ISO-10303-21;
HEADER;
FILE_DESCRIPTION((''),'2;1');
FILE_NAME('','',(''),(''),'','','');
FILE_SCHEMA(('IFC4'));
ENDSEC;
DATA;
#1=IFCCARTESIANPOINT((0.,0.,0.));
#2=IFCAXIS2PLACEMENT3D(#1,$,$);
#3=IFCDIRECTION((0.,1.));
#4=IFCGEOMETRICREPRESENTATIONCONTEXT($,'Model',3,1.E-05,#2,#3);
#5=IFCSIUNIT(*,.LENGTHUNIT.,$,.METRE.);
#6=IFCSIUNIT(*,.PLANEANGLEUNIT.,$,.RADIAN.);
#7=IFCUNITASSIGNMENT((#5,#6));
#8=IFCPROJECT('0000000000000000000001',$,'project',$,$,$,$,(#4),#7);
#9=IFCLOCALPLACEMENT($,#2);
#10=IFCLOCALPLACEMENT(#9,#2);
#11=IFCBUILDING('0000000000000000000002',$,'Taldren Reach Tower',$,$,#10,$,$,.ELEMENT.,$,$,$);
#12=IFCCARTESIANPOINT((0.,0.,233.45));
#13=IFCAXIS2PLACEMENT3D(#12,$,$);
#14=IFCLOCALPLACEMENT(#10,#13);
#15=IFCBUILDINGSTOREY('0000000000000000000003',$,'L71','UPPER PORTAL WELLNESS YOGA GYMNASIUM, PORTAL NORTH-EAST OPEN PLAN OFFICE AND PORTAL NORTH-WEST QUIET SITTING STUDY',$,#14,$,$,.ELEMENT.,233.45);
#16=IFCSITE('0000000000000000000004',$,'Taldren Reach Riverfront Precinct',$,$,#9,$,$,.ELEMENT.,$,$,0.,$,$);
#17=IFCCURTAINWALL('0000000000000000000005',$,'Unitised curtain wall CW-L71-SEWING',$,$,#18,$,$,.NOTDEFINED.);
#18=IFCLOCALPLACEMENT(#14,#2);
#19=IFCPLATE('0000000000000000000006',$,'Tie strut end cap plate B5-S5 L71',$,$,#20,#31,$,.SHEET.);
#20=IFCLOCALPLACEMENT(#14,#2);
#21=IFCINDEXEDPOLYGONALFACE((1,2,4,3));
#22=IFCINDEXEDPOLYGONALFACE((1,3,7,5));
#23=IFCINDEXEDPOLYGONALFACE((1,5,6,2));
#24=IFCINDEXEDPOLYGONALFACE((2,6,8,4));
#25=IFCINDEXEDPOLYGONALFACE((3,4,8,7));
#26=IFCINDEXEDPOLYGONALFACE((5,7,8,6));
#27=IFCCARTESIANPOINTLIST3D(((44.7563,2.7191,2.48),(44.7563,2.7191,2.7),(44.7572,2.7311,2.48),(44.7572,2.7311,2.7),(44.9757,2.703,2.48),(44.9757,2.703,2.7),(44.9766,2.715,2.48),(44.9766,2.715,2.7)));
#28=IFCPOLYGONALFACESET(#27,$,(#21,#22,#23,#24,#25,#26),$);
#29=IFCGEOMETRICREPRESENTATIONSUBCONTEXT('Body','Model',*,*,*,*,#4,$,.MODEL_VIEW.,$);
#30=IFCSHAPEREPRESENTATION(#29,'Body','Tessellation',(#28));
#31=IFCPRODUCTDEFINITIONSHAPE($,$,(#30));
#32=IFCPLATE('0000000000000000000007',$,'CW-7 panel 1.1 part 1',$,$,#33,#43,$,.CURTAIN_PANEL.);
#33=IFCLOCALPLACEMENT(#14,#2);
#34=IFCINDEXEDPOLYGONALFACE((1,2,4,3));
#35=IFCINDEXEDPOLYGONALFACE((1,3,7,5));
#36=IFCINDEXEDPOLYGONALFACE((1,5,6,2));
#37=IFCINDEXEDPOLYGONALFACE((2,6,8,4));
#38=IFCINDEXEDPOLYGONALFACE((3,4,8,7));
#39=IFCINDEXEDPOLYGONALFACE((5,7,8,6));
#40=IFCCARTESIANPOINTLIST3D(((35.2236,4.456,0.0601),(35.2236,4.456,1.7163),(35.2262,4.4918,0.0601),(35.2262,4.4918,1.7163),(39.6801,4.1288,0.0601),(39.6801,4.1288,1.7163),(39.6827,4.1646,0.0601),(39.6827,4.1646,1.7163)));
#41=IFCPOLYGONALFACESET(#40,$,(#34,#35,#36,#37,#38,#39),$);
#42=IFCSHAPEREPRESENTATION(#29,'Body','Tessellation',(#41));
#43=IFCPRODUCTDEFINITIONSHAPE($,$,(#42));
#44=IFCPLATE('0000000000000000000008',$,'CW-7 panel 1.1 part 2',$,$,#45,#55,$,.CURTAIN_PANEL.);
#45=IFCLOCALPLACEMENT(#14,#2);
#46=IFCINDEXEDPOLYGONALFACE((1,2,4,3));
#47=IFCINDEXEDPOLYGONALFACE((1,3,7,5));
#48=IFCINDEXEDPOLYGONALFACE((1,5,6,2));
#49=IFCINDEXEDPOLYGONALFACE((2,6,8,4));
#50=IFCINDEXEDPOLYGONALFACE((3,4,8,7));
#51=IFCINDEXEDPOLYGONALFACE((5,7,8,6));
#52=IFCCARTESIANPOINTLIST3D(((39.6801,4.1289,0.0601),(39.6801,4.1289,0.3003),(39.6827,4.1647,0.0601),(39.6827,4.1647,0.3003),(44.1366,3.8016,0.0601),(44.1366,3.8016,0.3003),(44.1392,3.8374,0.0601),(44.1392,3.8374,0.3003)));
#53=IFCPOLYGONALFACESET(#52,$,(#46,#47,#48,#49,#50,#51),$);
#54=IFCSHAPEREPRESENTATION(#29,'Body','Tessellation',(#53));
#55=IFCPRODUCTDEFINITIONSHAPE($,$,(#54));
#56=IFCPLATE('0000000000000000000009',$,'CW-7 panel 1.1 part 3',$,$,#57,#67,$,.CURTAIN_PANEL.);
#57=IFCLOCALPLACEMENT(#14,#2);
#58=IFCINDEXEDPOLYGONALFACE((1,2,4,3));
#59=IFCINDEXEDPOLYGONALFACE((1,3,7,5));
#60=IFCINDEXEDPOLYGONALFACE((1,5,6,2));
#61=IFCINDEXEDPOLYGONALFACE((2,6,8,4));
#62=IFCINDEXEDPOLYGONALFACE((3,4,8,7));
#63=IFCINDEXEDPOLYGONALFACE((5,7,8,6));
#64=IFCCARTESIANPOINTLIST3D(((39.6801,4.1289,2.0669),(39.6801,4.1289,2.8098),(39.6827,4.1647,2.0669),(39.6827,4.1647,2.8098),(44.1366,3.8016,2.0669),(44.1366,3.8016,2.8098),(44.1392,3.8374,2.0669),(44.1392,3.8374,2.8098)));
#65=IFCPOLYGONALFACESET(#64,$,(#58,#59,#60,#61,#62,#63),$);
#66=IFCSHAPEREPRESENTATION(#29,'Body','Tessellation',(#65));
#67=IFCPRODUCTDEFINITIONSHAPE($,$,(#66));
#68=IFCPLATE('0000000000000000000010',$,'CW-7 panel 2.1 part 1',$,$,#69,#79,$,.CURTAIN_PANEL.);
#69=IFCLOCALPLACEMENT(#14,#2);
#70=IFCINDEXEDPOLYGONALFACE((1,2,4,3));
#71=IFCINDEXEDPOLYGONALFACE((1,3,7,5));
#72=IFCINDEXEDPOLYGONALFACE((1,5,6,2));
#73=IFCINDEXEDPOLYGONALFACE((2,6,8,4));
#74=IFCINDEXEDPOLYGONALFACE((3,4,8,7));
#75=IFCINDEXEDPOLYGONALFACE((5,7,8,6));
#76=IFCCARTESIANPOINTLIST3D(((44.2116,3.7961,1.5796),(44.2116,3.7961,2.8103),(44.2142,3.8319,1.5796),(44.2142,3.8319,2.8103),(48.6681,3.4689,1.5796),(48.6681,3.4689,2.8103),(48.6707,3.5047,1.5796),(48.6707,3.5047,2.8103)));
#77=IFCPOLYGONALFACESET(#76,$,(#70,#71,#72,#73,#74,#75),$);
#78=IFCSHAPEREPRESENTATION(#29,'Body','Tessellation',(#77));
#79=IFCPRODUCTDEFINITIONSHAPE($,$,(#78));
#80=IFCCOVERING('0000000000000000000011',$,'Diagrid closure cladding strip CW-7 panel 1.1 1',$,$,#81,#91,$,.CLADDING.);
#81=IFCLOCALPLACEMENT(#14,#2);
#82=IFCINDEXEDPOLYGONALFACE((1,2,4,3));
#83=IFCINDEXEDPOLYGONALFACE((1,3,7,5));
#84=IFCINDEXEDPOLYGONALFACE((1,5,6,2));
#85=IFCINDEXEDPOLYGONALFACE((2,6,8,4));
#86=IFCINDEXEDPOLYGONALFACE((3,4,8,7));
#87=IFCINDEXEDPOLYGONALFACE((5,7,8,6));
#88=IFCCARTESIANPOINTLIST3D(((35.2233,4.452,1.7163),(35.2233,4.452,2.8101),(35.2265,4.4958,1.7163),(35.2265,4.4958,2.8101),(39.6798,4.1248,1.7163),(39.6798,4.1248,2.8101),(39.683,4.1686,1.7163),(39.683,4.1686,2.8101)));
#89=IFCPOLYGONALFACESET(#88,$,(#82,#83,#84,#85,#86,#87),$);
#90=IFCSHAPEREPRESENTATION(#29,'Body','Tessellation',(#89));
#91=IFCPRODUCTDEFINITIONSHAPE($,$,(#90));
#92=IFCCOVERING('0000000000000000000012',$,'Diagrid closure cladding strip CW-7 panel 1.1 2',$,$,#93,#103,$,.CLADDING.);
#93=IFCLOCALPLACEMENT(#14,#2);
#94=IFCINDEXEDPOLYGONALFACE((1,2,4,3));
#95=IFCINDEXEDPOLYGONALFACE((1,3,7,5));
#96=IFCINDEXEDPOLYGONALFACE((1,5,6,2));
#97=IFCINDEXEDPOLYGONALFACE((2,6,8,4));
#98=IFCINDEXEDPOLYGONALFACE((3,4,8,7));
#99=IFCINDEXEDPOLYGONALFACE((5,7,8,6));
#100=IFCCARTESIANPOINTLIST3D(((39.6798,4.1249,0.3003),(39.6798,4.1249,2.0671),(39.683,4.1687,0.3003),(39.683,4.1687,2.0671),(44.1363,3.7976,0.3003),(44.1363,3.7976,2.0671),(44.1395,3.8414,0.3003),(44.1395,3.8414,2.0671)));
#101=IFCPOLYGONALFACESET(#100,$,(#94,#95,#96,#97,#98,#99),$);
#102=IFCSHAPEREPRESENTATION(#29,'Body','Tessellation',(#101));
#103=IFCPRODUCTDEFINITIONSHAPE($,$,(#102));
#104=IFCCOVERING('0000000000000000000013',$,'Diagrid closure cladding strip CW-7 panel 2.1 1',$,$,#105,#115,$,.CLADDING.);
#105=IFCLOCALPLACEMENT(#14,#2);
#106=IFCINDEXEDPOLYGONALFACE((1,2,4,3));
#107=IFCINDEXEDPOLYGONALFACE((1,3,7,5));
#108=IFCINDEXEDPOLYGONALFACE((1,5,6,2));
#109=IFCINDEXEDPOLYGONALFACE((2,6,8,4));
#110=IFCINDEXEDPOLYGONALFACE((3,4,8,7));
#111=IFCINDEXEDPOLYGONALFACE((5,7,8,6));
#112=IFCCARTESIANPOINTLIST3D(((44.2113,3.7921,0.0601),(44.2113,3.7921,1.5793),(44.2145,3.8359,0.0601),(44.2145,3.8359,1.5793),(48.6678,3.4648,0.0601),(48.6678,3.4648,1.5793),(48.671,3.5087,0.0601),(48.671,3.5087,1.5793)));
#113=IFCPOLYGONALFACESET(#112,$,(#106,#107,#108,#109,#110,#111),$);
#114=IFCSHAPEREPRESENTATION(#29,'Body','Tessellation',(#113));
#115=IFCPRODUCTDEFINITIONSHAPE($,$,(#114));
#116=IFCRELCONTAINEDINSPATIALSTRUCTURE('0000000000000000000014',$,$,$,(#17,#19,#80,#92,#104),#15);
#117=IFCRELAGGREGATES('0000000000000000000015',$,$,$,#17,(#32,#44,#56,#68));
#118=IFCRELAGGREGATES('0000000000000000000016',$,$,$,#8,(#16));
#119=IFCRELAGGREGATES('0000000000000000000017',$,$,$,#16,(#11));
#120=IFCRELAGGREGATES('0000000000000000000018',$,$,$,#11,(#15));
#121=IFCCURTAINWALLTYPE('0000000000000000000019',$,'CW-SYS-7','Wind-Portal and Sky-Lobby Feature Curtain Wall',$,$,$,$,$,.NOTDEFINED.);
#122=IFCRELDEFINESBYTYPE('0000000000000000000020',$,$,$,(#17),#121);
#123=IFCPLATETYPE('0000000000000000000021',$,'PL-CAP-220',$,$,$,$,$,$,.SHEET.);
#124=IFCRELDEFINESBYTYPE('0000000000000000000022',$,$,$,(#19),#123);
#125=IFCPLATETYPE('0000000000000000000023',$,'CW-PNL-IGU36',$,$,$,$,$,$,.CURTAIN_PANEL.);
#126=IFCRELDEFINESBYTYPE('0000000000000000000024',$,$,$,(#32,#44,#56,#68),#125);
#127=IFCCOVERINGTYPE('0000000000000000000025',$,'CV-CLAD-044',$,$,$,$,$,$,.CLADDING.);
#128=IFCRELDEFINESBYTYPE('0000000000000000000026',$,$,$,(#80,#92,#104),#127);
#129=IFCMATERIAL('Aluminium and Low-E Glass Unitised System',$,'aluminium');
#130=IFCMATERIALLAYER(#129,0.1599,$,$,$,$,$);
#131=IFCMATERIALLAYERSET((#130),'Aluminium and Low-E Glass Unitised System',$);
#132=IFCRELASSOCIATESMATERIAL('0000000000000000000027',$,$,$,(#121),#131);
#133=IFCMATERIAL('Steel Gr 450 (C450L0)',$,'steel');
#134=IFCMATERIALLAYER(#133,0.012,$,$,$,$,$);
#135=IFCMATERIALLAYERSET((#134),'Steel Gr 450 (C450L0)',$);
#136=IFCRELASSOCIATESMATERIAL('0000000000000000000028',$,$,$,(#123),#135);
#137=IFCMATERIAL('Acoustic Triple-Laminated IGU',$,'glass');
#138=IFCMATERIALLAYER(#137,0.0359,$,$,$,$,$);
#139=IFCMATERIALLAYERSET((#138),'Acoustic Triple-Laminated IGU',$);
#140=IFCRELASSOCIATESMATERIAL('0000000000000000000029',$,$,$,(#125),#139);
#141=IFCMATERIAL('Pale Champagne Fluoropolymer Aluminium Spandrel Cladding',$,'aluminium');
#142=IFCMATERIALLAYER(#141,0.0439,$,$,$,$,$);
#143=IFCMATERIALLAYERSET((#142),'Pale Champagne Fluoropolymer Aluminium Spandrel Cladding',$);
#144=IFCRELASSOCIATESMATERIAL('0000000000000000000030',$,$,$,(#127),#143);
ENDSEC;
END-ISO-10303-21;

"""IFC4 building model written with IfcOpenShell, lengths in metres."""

from ifc_helpers import new_model, si_unit, direction, frame, origin, origin_2d, place, context, subcontext, project, spatial, rectangle, extrude, source, transform, mapped, material, layer, layer_set, type_object, element, aggregate, save


model = new_model("IFC4")

# Units and contexts
model_context = context("Model", 3, precision=1e-05, world=origin(), true_north=direction((0.0, 1.0)))
body_context = subcontext(model_context, "Body", "Model", "MODEL_VIEW")
ifc_project = project(units=[si_unit("LENGTHUNIT", "METRE"), si_unit("PLANEANGLEUNIT", "RADIAN")], contexts=[model_context])

# Site, building, storey
site_placement = place(None, origin())
site = spatial("IfcSite", under=ifc_project, at=site_placement, Name="Taldren Reach Riverfront Precinct", CompositionType="ELEMENT", RefElevation=0.0)
building_placement = place(site_placement, origin())
building = spatial("IfcBuilding", under=site, at=building_placement, Name="Taldren Reach Tower", CompositionType="ELEMENT")
storey_placement = place(building_placement, frame((0.0, 0.0, 233.45)))
storey = spatial("IfcBuildingStorey", under=building, at=storey_placement, Name="L71", Description="UPPER PORTAL WELLNESS YOGA GYMNASIUM, PORTAL NORTH-EAST OPEN PLAN OFFICE AND PORTAL NORTH-WEST QUIET SITTING STUDY", CompositionType="ELEMENT", Elevation=233.45)

# Shared definitions
ifc_material_1 = material(Name="Steel Gr 450 (C450L0)", Category="steel")

# Curtain wall
ifc_material_2 = material(Name="Aluminium and Low-E Glass Unitised System", Category="aluminium")
ifc_layer_1 = layer(ifc_material_2, 0.1599)
ifc_layer_set_1 = layer_set([ifc_layer_1], Name="Aluminium and Low-E Glass Unitised System")
curtain_wall_type = type_object("IfcCurtainWallType", Name="CW-SYS-7", Description="Wind-Portal and Sky-Lobby Feature Curtain Wall", PredefinedType="NOTDEFINED", material=ifc_layer_set_1)
curtain_wall_1_placement = place(storey_placement, origin())
curtain_wall_1 = element("IfcCurtainWall", 1, at=curtain_wall_1_placement, inside=storey, type_object=curtain_wall_type, Name="Unitised curtain wall CW-L71-SEWING", PredefinedType="NOTDEFINED")

# Plate
ifc_layer_2 = layer(ifc_material_1, 0.012)
ifc_layer_set_2 = layer_set([ifc_layer_2], Name="Steel Gr 450 (C450L0)")
plate_type_1 = type_object("IfcPlateType", Name="PL-CAP-220", PredefinedType="SHEET", material=ifc_layer_set_2)
shared_shape_1 = source(origin(), body_context, "Body", "SweptSolid", [
    extrude(rectangle(XDim=0.22, YDim=0.012, at=origin_2d()), origin(), (0.0, 0.0, 1.0), 0.22),
])
plate_1_placement = place(storey_placement, frame((44.8665, 2.717, 2.48), z_axis=(0.0, 0.0, 1.0), x_axis=(0.997314, -0.073238, 0.0)))
element("IfcPlate", 2, at=plate_1_placement, inside=storey, type_object=plate_type_1, Name="Tie strut end cap plate B5-S5 L71", PredefinedType="SHEET", context=body_context, shape_type="MappedRepresentation", body=[
    mapped(shared_shape_1, transform((0.0, 0.0, 0.0), scale=1.0)),
])

# Plates
ifc_material_3 = material(Name="Acoustic Triple-Laminated IGU", Category="glass")
ifc_layer_3 = layer(ifc_material_3, 0.0359)
ifc_layer_set_3 = layer_set([ifc_layer_3], Name="Acoustic Triple-Laminated IGU")
plate_type_2 = type_object("IfcPlateType", Name="CW-PNL-IGU36", PredefinedType="CURTAIN_PANEL", material=ifc_layer_set_3)
shared_shape_2 = source(origin(), body_context, "Body", "SweptSolid", [
    extrude(rectangle(XDim=4.4685, YDim=0.0359, at=origin_2d()), origin(), (0.0, 0.0, 1.0), 1.6562),
])
plate_2_placement = place(storey_placement, frame((37.4531, 4.3103, 0.0601), z_axis=(0.0, 0.0, 1.0), x_axis=(0.997314, -0.073238, 0.0)))
plate_2 = element("IfcPlate", 3, at=plate_2_placement, type_object=plate_type_2, Name="CW-7 panel 1.1 part 1", PredefinedType="CURTAIN_PANEL", context=body_context, shape_type="MappedRepresentation", body=[
    mapped(shared_shape_2, transform((0.0, 0.0, 0.0), scale=1.0)),
])
shared_shape_3 = source(origin(), body_context, "Body", "SweptSolid", [
    extrude(rectangle(XDim=4.4685, YDim=0.0359, at=origin_2d()), origin(), (0.0, 0.0, 1.0), 0.2402),
])
plate_3_placement = place(storey_placement, frame((41.9097, 3.9832, 0.0601), z_axis=(0.0, 0.0, 1.0), x_axis=(0.997314, -0.073238, 0.0)))
plate_3 = element("IfcPlate", 4, at=plate_3_placement, type_object=plate_type_2, Name="CW-7 panel 1.1 part 2", PredefinedType="CURTAIN_PANEL", context=body_context, shape_type="MappedRepresentation", body=[
    mapped(shared_shape_3, transform((0.0, 0.0, 0.0), scale=1.0)),
])
shared_shape_4 = source(origin(), body_context, "Body", "SweptSolid", [
    extrude(rectangle(XDim=4.4685, YDim=0.0359, at=origin_2d()), origin(), (0.0, 0.0, 1.0), 0.7429),
])
plate_4_placement = place(storey_placement, frame((41.9097, 3.9832, 2.0669), z_axis=(0.0, 0.0, 1.0), x_axis=(0.997314, -0.073238, 0.0)))
plate_4 = element("IfcPlate", 5, at=plate_4_placement, type_object=plate_type_2, Name="CW-7 panel 1.1 part 3", PredefinedType="CURTAIN_PANEL", context=body_context, shape_type="MappedRepresentation", body=[
    mapped(shared_shape_4, transform((0.0, 0.0, 0.0), scale=1.0)),
])
shared_shape_5 = source(origin(), body_context, "Body", "SweptSolid", [
    extrude(rectangle(XDim=4.4685, YDim=0.0359, at=origin_2d()), origin(), (0.0, 0.0, 1.0), 1.2307),
])
plate_5_placement = place(storey_placement, frame((46.4412, 3.6504, 1.5796), z_axis=(0.0, 0.0, 1.0), x_axis=(0.997314, -0.073238, 0.0)))
plate_5 = element("IfcPlate", 6, at=plate_5_placement, type_object=plate_type_2, Name="CW-7 panel 2.1 part 1", PredefinedType="CURTAIN_PANEL", context=body_context, shape_type="MappedRepresentation", body=[
    mapped(shared_shape_5, transform((0.0, 0.0, 0.0), scale=1.0)),
])
aggregate(curtain_wall_1, [plate_2, plate_3, plate_4, plate_5])

# Coverings
ifc_material_4 = material(Name="Pale Champagne Fluoropolymer Aluminium Spandrel Cladding", Category="aluminium")
ifc_layer_4 = layer(ifc_material_4, 0.0439)
ifc_layer_set_4 = layer_set([ifc_layer_4], Name="Pale Champagne Fluoropolymer Aluminium Spandrel Cladding")
covering_type = type_object("IfcCoveringType", Name="CV-CLAD-044", PredefinedType="CLADDING", material=ifc_layer_set_4)
shared_shape_6 = source(origin(), body_context, "Body", "SweptSolid", [
    extrude(rectangle(XDim=4.4685, YDim=0.0439, at=origin_2d()), origin(), (0.0, 0.0, 1.0), 1.0938),
])
covering_1_placement = place(storey_placement, frame((37.4531, 4.3103, 1.7163), z_axis=(0.0, 0.0, 1.0), x_axis=(0.997314, -0.073238, 0.0)))
element("IfcCovering", 7, at=covering_1_placement, inside=storey, type_object=covering_type, Name="Diagrid closure cladding strip CW-7 panel 1.1 1", PredefinedType="CLADDING", context=body_context, shape_type="MappedRepresentation", body=[
    mapped(shared_shape_6, transform((0.0, 0.0, 0.0), scale=1.0)),
])
shared_shape_7 = source(origin(), body_context, "Body", "SweptSolid", [
    extrude(rectangle(XDim=4.4685, YDim=0.0439, at=origin_2d()), origin(), (0.0, 0.0, 1.0), 1.7668),
])
covering_2_placement = place(storey_placement, frame((41.9097, 3.9832, 0.3003), z_axis=(0.0, 0.0, 1.0), x_axis=(0.997314, -0.073238, 0.0)))
element("IfcCovering", 8, at=covering_2_placement, inside=storey, type_object=covering_type, Name="Diagrid closure cladding strip CW-7 panel 1.1 2", PredefinedType="CLADDING", context=body_context, shape_type="MappedRepresentation", body=[
    mapped(shared_shape_7, transform((0.0, 0.0, 0.0), scale=1.0)),
])
shared_shape_8 = source(origin(), body_context, "Body", "SweptSolid", [
    extrude(rectangle(XDim=4.4685, YDim=0.0439, at=origin_2d()), origin(), (0.0, 0.0, 1.0), 1.5193),
])
covering_3_placement = place(storey_placement, frame((46.4412, 3.6504, 0.0601), z_axis=(0.0, 0.0, 1.0), x_axis=(0.997314, -0.073238, 0.0)))
element("IfcCovering", 9, at=covering_3_placement, inside=storey, type_object=covering_type, Name="Diagrid closure cladding strip CW-7 panel 2.1 1", PredefinedType="CLADDING", context=body_context, shape_type="MappedRepresentation", body=[
    mapped(shared_shape_8, transform((0.0, 0.0, 0.0), scale=1.0)),
])

save(model, "model.ifc")
